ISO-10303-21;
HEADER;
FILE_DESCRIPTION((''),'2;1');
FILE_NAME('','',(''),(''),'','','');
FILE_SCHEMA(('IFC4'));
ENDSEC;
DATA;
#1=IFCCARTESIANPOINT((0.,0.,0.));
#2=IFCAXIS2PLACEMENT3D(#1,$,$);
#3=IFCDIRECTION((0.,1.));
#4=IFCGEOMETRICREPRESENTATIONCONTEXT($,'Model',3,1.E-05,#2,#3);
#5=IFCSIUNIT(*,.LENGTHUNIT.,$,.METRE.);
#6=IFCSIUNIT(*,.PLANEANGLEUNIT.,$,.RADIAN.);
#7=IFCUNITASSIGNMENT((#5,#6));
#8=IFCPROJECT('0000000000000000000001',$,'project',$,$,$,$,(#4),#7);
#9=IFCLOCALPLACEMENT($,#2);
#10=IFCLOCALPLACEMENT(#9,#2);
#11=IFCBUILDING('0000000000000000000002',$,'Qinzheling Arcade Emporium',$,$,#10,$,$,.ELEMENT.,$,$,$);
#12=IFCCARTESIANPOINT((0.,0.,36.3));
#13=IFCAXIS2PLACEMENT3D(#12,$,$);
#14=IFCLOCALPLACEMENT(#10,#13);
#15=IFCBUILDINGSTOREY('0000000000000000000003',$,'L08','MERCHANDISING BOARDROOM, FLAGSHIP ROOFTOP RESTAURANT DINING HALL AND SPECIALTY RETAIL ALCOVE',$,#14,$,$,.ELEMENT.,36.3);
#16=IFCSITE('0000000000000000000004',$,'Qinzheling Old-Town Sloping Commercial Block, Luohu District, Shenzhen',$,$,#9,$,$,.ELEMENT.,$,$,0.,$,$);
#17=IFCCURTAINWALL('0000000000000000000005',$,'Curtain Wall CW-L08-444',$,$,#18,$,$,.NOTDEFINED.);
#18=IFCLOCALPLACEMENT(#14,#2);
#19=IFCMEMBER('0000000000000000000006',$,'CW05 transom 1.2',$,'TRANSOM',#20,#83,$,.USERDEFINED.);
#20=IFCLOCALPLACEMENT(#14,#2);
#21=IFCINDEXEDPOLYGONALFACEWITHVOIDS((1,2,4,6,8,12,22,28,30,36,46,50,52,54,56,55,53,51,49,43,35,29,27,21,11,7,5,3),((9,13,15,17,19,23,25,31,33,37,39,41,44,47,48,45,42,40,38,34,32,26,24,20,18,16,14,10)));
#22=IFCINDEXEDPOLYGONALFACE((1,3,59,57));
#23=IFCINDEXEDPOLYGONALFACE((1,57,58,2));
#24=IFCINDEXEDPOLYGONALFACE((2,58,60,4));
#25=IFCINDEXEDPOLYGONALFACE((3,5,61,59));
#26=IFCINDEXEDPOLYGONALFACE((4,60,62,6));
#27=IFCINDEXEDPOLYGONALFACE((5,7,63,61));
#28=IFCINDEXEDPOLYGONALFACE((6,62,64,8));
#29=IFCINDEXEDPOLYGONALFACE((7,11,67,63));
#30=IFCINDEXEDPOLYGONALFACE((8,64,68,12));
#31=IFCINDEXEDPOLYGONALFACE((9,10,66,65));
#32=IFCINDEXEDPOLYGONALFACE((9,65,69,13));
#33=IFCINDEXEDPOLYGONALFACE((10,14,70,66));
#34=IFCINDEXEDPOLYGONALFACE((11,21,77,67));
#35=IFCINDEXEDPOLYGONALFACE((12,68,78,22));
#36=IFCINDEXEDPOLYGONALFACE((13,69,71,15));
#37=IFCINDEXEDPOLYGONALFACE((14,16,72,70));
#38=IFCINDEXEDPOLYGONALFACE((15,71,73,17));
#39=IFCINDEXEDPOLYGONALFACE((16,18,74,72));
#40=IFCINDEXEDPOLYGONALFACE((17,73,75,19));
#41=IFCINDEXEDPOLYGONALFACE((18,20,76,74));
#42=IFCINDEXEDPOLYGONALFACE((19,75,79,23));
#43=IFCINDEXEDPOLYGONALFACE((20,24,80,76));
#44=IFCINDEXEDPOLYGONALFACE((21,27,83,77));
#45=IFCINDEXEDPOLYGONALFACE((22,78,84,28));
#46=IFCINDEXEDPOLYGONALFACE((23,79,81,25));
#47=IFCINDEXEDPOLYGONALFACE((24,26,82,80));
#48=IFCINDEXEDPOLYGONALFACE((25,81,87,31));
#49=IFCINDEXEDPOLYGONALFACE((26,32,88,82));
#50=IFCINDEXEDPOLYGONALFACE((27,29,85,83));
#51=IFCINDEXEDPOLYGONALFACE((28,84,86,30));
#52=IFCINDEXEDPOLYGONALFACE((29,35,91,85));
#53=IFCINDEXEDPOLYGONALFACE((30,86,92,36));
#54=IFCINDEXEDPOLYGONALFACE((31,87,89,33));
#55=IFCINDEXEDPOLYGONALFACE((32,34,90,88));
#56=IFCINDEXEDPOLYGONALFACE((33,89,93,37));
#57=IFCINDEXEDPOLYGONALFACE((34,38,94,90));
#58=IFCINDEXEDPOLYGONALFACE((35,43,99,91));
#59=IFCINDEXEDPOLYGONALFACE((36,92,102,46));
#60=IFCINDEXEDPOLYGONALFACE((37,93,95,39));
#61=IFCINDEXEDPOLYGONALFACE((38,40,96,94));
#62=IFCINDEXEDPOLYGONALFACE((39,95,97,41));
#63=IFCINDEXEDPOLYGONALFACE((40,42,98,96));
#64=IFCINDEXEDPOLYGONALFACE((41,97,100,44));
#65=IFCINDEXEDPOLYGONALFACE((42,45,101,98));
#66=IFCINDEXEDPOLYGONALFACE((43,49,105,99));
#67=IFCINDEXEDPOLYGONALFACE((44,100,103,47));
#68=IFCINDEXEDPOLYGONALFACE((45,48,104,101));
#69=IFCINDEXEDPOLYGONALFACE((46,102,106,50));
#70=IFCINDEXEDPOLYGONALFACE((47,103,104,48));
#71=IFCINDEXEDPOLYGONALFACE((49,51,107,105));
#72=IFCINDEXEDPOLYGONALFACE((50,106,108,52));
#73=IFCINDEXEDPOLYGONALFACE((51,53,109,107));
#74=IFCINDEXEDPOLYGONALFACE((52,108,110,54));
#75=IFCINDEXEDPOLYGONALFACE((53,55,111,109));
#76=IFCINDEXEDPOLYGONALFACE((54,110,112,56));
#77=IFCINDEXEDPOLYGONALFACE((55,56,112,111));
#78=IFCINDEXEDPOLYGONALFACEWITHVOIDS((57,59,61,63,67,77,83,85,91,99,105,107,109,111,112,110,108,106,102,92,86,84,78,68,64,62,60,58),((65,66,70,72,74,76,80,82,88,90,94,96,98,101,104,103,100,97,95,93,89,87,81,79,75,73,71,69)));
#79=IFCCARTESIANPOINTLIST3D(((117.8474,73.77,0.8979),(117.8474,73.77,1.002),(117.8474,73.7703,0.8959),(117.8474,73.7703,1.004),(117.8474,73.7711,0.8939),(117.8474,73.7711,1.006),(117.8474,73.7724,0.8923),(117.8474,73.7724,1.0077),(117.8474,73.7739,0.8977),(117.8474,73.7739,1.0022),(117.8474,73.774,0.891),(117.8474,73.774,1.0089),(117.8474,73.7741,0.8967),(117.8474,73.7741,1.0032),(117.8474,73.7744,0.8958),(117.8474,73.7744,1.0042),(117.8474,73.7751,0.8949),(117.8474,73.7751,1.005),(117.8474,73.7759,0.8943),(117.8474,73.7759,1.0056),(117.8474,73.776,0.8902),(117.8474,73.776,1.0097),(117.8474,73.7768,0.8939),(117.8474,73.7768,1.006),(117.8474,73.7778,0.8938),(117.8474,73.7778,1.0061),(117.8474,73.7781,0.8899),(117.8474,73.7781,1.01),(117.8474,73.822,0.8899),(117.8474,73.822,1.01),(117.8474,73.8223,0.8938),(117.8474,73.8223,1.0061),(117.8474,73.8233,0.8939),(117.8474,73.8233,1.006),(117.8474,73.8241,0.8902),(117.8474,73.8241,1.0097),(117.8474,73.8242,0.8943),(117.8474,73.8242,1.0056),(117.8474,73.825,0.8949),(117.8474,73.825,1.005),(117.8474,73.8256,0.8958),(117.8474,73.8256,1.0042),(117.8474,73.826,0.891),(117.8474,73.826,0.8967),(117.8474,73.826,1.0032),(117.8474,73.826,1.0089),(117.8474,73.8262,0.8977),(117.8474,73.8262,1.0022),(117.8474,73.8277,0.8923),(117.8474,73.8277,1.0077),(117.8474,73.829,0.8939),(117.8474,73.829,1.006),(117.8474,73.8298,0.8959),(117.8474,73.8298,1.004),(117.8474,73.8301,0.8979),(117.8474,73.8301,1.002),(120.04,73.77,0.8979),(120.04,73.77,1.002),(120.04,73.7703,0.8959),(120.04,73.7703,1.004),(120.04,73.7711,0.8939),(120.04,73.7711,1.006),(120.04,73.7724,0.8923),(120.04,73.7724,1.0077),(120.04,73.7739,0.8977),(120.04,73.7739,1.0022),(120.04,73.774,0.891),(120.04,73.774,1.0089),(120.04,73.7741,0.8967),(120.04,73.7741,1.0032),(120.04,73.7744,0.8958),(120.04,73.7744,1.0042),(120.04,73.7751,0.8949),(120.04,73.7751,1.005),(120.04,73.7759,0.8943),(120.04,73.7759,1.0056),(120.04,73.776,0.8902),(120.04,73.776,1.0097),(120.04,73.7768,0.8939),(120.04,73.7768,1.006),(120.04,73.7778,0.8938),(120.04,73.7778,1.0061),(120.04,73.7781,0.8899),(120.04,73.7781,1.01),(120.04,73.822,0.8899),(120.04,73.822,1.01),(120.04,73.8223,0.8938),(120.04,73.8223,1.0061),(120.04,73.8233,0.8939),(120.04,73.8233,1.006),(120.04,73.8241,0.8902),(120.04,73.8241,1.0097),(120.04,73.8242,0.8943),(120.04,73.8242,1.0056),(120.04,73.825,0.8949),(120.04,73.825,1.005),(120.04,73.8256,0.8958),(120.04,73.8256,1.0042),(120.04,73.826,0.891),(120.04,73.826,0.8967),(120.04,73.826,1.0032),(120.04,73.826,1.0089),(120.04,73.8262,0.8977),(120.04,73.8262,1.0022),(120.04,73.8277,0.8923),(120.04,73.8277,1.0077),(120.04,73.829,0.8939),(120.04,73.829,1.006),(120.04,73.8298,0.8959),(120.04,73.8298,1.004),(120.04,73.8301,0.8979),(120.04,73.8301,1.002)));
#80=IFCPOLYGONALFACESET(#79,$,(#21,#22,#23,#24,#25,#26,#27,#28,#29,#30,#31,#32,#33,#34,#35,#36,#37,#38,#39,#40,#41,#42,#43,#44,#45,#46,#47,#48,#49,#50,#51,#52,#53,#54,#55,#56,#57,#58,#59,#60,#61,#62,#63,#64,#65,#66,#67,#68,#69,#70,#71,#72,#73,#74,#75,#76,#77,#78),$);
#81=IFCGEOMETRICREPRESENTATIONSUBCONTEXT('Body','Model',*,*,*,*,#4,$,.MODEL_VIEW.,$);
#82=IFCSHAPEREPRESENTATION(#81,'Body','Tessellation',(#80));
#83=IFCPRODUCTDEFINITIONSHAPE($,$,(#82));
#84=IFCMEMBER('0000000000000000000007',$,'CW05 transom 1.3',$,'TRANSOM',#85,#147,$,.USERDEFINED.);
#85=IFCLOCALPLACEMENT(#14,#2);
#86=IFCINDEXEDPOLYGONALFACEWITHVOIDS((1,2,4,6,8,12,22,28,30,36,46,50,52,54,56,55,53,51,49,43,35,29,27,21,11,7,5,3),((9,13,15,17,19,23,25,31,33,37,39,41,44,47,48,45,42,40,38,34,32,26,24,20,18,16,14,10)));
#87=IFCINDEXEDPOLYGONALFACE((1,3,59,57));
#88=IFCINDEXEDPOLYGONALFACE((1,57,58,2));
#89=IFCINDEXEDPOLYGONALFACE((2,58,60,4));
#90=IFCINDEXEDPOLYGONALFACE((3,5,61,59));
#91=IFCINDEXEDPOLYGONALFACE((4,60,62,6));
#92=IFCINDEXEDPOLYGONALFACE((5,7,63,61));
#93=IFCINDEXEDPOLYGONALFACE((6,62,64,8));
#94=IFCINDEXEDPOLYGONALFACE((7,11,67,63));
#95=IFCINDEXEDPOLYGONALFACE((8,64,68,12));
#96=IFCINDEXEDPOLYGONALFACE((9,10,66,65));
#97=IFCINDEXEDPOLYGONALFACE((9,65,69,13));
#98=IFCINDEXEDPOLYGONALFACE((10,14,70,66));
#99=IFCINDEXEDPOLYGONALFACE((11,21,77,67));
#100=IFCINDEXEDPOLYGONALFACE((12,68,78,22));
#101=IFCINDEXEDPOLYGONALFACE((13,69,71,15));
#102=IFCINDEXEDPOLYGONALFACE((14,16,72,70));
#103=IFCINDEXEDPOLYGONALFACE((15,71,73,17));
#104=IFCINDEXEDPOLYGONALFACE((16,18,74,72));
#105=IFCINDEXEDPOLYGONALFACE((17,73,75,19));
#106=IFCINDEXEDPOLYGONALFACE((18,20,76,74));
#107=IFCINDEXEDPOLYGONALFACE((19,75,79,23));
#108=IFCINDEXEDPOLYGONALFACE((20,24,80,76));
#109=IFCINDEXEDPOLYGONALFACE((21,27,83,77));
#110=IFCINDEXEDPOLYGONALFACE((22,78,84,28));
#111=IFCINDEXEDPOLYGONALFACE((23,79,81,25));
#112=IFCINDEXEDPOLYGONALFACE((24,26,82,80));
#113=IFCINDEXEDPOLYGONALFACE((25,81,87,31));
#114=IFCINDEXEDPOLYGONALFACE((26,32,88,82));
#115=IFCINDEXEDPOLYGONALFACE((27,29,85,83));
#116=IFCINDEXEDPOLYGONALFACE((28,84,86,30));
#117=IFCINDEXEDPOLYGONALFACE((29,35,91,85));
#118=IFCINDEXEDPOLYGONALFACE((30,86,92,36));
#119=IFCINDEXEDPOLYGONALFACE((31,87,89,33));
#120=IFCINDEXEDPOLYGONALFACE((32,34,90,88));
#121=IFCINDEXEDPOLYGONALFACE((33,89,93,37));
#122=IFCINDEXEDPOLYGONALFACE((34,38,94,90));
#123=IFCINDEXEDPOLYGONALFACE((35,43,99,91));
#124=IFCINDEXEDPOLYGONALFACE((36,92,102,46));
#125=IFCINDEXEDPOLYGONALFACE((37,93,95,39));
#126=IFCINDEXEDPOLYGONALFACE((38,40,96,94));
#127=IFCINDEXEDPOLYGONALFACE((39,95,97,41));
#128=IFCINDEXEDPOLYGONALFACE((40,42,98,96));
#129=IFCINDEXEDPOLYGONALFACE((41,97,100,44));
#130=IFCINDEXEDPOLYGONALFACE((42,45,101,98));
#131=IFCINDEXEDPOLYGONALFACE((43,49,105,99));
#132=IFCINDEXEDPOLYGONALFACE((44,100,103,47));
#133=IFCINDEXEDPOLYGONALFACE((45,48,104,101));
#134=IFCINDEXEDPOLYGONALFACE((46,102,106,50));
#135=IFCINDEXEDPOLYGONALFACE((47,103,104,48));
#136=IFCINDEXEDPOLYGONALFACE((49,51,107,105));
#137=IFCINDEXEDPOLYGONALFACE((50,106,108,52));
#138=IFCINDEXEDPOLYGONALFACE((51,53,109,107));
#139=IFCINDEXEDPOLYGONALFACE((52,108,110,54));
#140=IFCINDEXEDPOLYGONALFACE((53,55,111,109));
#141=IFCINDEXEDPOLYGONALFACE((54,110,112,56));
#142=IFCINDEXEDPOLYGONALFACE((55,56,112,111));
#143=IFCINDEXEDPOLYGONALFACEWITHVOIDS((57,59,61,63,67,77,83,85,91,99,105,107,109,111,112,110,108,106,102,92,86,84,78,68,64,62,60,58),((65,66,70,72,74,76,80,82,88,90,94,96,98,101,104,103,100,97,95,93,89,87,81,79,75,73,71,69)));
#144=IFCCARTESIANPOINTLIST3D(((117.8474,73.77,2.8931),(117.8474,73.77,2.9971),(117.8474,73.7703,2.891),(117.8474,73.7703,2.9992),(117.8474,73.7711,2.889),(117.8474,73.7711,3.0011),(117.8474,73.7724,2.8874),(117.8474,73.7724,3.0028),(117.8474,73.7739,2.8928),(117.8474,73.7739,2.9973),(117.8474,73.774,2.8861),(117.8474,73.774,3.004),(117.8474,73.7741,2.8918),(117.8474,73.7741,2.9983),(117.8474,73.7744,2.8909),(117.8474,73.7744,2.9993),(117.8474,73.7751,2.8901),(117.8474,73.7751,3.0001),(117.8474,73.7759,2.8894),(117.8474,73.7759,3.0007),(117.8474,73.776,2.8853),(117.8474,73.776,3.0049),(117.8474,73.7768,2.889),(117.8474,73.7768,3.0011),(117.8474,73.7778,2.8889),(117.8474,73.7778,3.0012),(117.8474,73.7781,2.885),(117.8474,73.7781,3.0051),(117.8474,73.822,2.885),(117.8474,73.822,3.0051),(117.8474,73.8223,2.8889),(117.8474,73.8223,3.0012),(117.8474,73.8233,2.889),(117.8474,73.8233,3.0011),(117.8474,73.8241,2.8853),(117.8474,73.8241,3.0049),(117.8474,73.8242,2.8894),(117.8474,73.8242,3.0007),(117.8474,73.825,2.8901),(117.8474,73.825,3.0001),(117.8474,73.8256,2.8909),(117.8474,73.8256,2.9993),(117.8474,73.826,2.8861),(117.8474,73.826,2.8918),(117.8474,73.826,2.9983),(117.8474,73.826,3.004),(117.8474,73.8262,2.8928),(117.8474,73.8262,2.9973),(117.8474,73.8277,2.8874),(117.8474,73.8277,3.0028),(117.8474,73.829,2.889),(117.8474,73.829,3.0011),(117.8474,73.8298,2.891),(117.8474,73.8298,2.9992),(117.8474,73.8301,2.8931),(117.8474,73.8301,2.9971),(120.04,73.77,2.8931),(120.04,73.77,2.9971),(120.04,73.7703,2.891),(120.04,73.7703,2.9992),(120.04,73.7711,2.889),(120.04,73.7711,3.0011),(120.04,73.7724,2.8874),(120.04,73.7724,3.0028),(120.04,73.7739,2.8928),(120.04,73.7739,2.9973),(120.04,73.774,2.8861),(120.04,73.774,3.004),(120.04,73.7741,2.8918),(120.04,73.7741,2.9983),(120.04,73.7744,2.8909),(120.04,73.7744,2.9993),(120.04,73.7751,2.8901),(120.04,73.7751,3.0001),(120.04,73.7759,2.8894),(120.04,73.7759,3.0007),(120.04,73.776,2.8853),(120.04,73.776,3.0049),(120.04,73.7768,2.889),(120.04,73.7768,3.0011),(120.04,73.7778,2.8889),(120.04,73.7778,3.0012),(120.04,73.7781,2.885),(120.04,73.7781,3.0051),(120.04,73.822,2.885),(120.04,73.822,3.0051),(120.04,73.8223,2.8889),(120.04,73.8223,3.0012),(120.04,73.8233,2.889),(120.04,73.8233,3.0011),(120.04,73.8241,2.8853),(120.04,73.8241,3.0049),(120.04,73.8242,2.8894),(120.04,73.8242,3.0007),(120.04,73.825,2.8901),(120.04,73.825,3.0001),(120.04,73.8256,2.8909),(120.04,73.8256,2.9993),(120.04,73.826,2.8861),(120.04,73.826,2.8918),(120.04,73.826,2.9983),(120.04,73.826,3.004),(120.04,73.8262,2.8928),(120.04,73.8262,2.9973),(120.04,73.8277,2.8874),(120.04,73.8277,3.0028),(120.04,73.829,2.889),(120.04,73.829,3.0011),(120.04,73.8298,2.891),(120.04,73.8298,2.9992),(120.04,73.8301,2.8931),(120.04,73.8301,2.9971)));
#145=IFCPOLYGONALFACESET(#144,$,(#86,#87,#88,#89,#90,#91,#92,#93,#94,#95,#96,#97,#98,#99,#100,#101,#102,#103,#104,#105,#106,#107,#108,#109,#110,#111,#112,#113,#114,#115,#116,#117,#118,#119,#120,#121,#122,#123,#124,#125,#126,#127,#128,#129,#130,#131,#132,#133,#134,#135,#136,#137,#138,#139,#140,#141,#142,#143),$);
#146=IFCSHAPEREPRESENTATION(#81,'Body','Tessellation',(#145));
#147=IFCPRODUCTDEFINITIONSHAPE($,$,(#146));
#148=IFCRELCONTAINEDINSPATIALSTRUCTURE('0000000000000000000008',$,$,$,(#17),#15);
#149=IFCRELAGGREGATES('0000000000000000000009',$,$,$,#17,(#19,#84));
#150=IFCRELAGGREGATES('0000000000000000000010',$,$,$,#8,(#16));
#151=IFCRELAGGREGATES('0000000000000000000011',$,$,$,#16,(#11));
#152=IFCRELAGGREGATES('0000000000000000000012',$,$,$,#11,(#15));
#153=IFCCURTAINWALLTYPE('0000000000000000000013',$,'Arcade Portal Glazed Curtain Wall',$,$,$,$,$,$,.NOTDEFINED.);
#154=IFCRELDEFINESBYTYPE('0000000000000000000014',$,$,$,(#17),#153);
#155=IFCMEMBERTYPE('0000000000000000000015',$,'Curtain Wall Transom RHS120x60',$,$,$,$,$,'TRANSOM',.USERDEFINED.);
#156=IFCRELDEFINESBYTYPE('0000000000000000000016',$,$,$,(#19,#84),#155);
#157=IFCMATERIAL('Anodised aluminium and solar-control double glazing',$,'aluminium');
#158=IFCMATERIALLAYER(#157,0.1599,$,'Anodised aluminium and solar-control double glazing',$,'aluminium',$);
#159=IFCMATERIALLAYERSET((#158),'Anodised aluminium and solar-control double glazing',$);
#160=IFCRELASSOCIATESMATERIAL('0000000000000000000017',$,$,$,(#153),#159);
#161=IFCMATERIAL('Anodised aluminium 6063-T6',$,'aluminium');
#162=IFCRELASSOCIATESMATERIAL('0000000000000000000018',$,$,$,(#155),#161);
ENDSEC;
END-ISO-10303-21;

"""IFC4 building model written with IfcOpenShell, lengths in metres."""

from ifc_helpers import new_model, si_unit, direction, frame, origin, origin_2d, place, context, subcontext, project, spatial, hollow_rectangle, extrude, material, layer, layer_set, material_profile, profile_set, type_object, element, aggregate, save


model = new_model("IFC4")

# Units and contexts
model_context = context("Model", 3, precision=1e-05, world=origin(), true_north=direction((0.0, 1.0)))
body_context = subcontext(model_context, "Body", "Model", "MODEL_VIEW")
ifc_project = project(units=[si_unit("LENGTHUNIT", "METRE"), si_unit("PLANEANGLEUNIT", "RADIAN")], contexts=[model_context])

# Site, building, storey
site_placement = place(None, origin())
site = spatial("IfcSite", under=ifc_project, at=site_placement, Name="Qinzheling Old-Town Sloping Commercial Block, Luohu District, Shenzhen", CompositionType="ELEMENT", RefElevation=0.0)
building_placement = place(site_placement, origin())
building = spatial("IfcBuilding", under=site, at=building_placement, Name="Qinzheling Arcade Emporium", CompositionType="ELEMENT")
storey_placement = place(building_placement, frame((0.0, 0.0, 36.3)))
storey = spatial("IfcBuildingStorey", under=building, at=storey_placement, Name="L08", Description="MERCHANDISING BOARDROOM, FLAGSHIP ROOFTOP RESTAURANT DINING HALL AND SPECIALTY RETAIL ALCOVE", CompositionType="ELEMENT", Elevation=36.3)

# Curtain wall, members
ifc_material_1 = material(Name="Anodised aluminium and solar-control double glazing", Category="aluminium")
ifc_layer_1 = layer(ifc_material_1, 0.1599, Name="Anodised aluminium and solar-control double glazing", Category="aluminium")
ifc_layer_set_1 = layer_set([ifc_layer_1], Name="Anodised aluminium and solar-control double glazing")
curtain_wall_type = type_object("IfcCurtainWallType", Name="Arcade Portal Glazed Curtain Wall", PredefinedType="NOTDEFINED", material=ifc_layer_set_1)
curtain_wall_placement = place(storey_placement, origin())
curtain_wall = element("IfcCurtainWall", 1, at=curtain_wall_placement, inside=storey, type_object=curtain_wall_type, Name="Curtain Wall CW-L08-444", PredefinedType="NOTDEFINED")
ifc_material_2 = material(Name="Anodised aluminium 6063-T6", Category="aluminium")
ifc_material_profile_1 = material_profile(ifc_material_2, hollow_rectangle(XDim=0.0601, YDim=0.1201, WallThickness=0.0039, InnerFilletRadius=0.0039, OuterFilletRadius=0.0081, at=origin_2d()), Name="RHS 120x60x4", Category="aluminium")
ifc_profile_set_1 = profile_set([ifc_material_profile_1], Name="Anodised aluminium 6063-T6")
member_type_1 = type_object("IfcMemberType", Name="Curtain Wall Transom RHS120x60", ElementType="TRANSOM", PredefinedType="USERDEFINED", material=ifc_profile_set_1)
member_1_placement = place(storey_placement, frame((120.04, 73.8, 0.95), z_axis=(-1.0, 0.0, 0.0), x_axis=(0.0, -1.0, 0.0)))
member_1 = element("IfcMember", 2, at=member_1_placement, type_object=member_type_1, Name="CW05 transom 1.2", ObjectType="TRANSOM", PredefinedType="USERDEFINED", context=body_context, shape_type="SweptSolid", body=[
    extrude(hollow_rectangle(XDim=0.0601, YDim=0.1201, WallThickness=0.0039, InnerFilletRadius=0.0039, OuterFilletRadius=0.0081, at=origin_2d()), origin(), (0.0, 0.0, 1.0), 2.1926),
])
member_2_placement = place(storey_placement, frame((120.04, 73.8, 2.9451), z_axis=(-1.0, 0.0, 0.0), x_axis=(0.0, -1.0, 0.0)))
member_2 = element("IfcMember", 3, at=member_2_placement, type_object=member_type_1, Name="CW05 transom 1.3", ObjectType="TRANSOM", PredefinedType="USERDEFINED", context=body_context, shape_type="SweptSolid", body=[
    extrude(hollow_rectangle(XDim=0.0601, YDim=0.1201, WallThickness=0.0039, InnerFilletRadius=0.0039, OuterFilletRadius=0.0081, at=origin_2d()), origin(), (0.0, 0.0, 1.0), 2.1926),
])
aggregate(curtain_wall, [member_1, member_2])

save(model, "model.ifc")
